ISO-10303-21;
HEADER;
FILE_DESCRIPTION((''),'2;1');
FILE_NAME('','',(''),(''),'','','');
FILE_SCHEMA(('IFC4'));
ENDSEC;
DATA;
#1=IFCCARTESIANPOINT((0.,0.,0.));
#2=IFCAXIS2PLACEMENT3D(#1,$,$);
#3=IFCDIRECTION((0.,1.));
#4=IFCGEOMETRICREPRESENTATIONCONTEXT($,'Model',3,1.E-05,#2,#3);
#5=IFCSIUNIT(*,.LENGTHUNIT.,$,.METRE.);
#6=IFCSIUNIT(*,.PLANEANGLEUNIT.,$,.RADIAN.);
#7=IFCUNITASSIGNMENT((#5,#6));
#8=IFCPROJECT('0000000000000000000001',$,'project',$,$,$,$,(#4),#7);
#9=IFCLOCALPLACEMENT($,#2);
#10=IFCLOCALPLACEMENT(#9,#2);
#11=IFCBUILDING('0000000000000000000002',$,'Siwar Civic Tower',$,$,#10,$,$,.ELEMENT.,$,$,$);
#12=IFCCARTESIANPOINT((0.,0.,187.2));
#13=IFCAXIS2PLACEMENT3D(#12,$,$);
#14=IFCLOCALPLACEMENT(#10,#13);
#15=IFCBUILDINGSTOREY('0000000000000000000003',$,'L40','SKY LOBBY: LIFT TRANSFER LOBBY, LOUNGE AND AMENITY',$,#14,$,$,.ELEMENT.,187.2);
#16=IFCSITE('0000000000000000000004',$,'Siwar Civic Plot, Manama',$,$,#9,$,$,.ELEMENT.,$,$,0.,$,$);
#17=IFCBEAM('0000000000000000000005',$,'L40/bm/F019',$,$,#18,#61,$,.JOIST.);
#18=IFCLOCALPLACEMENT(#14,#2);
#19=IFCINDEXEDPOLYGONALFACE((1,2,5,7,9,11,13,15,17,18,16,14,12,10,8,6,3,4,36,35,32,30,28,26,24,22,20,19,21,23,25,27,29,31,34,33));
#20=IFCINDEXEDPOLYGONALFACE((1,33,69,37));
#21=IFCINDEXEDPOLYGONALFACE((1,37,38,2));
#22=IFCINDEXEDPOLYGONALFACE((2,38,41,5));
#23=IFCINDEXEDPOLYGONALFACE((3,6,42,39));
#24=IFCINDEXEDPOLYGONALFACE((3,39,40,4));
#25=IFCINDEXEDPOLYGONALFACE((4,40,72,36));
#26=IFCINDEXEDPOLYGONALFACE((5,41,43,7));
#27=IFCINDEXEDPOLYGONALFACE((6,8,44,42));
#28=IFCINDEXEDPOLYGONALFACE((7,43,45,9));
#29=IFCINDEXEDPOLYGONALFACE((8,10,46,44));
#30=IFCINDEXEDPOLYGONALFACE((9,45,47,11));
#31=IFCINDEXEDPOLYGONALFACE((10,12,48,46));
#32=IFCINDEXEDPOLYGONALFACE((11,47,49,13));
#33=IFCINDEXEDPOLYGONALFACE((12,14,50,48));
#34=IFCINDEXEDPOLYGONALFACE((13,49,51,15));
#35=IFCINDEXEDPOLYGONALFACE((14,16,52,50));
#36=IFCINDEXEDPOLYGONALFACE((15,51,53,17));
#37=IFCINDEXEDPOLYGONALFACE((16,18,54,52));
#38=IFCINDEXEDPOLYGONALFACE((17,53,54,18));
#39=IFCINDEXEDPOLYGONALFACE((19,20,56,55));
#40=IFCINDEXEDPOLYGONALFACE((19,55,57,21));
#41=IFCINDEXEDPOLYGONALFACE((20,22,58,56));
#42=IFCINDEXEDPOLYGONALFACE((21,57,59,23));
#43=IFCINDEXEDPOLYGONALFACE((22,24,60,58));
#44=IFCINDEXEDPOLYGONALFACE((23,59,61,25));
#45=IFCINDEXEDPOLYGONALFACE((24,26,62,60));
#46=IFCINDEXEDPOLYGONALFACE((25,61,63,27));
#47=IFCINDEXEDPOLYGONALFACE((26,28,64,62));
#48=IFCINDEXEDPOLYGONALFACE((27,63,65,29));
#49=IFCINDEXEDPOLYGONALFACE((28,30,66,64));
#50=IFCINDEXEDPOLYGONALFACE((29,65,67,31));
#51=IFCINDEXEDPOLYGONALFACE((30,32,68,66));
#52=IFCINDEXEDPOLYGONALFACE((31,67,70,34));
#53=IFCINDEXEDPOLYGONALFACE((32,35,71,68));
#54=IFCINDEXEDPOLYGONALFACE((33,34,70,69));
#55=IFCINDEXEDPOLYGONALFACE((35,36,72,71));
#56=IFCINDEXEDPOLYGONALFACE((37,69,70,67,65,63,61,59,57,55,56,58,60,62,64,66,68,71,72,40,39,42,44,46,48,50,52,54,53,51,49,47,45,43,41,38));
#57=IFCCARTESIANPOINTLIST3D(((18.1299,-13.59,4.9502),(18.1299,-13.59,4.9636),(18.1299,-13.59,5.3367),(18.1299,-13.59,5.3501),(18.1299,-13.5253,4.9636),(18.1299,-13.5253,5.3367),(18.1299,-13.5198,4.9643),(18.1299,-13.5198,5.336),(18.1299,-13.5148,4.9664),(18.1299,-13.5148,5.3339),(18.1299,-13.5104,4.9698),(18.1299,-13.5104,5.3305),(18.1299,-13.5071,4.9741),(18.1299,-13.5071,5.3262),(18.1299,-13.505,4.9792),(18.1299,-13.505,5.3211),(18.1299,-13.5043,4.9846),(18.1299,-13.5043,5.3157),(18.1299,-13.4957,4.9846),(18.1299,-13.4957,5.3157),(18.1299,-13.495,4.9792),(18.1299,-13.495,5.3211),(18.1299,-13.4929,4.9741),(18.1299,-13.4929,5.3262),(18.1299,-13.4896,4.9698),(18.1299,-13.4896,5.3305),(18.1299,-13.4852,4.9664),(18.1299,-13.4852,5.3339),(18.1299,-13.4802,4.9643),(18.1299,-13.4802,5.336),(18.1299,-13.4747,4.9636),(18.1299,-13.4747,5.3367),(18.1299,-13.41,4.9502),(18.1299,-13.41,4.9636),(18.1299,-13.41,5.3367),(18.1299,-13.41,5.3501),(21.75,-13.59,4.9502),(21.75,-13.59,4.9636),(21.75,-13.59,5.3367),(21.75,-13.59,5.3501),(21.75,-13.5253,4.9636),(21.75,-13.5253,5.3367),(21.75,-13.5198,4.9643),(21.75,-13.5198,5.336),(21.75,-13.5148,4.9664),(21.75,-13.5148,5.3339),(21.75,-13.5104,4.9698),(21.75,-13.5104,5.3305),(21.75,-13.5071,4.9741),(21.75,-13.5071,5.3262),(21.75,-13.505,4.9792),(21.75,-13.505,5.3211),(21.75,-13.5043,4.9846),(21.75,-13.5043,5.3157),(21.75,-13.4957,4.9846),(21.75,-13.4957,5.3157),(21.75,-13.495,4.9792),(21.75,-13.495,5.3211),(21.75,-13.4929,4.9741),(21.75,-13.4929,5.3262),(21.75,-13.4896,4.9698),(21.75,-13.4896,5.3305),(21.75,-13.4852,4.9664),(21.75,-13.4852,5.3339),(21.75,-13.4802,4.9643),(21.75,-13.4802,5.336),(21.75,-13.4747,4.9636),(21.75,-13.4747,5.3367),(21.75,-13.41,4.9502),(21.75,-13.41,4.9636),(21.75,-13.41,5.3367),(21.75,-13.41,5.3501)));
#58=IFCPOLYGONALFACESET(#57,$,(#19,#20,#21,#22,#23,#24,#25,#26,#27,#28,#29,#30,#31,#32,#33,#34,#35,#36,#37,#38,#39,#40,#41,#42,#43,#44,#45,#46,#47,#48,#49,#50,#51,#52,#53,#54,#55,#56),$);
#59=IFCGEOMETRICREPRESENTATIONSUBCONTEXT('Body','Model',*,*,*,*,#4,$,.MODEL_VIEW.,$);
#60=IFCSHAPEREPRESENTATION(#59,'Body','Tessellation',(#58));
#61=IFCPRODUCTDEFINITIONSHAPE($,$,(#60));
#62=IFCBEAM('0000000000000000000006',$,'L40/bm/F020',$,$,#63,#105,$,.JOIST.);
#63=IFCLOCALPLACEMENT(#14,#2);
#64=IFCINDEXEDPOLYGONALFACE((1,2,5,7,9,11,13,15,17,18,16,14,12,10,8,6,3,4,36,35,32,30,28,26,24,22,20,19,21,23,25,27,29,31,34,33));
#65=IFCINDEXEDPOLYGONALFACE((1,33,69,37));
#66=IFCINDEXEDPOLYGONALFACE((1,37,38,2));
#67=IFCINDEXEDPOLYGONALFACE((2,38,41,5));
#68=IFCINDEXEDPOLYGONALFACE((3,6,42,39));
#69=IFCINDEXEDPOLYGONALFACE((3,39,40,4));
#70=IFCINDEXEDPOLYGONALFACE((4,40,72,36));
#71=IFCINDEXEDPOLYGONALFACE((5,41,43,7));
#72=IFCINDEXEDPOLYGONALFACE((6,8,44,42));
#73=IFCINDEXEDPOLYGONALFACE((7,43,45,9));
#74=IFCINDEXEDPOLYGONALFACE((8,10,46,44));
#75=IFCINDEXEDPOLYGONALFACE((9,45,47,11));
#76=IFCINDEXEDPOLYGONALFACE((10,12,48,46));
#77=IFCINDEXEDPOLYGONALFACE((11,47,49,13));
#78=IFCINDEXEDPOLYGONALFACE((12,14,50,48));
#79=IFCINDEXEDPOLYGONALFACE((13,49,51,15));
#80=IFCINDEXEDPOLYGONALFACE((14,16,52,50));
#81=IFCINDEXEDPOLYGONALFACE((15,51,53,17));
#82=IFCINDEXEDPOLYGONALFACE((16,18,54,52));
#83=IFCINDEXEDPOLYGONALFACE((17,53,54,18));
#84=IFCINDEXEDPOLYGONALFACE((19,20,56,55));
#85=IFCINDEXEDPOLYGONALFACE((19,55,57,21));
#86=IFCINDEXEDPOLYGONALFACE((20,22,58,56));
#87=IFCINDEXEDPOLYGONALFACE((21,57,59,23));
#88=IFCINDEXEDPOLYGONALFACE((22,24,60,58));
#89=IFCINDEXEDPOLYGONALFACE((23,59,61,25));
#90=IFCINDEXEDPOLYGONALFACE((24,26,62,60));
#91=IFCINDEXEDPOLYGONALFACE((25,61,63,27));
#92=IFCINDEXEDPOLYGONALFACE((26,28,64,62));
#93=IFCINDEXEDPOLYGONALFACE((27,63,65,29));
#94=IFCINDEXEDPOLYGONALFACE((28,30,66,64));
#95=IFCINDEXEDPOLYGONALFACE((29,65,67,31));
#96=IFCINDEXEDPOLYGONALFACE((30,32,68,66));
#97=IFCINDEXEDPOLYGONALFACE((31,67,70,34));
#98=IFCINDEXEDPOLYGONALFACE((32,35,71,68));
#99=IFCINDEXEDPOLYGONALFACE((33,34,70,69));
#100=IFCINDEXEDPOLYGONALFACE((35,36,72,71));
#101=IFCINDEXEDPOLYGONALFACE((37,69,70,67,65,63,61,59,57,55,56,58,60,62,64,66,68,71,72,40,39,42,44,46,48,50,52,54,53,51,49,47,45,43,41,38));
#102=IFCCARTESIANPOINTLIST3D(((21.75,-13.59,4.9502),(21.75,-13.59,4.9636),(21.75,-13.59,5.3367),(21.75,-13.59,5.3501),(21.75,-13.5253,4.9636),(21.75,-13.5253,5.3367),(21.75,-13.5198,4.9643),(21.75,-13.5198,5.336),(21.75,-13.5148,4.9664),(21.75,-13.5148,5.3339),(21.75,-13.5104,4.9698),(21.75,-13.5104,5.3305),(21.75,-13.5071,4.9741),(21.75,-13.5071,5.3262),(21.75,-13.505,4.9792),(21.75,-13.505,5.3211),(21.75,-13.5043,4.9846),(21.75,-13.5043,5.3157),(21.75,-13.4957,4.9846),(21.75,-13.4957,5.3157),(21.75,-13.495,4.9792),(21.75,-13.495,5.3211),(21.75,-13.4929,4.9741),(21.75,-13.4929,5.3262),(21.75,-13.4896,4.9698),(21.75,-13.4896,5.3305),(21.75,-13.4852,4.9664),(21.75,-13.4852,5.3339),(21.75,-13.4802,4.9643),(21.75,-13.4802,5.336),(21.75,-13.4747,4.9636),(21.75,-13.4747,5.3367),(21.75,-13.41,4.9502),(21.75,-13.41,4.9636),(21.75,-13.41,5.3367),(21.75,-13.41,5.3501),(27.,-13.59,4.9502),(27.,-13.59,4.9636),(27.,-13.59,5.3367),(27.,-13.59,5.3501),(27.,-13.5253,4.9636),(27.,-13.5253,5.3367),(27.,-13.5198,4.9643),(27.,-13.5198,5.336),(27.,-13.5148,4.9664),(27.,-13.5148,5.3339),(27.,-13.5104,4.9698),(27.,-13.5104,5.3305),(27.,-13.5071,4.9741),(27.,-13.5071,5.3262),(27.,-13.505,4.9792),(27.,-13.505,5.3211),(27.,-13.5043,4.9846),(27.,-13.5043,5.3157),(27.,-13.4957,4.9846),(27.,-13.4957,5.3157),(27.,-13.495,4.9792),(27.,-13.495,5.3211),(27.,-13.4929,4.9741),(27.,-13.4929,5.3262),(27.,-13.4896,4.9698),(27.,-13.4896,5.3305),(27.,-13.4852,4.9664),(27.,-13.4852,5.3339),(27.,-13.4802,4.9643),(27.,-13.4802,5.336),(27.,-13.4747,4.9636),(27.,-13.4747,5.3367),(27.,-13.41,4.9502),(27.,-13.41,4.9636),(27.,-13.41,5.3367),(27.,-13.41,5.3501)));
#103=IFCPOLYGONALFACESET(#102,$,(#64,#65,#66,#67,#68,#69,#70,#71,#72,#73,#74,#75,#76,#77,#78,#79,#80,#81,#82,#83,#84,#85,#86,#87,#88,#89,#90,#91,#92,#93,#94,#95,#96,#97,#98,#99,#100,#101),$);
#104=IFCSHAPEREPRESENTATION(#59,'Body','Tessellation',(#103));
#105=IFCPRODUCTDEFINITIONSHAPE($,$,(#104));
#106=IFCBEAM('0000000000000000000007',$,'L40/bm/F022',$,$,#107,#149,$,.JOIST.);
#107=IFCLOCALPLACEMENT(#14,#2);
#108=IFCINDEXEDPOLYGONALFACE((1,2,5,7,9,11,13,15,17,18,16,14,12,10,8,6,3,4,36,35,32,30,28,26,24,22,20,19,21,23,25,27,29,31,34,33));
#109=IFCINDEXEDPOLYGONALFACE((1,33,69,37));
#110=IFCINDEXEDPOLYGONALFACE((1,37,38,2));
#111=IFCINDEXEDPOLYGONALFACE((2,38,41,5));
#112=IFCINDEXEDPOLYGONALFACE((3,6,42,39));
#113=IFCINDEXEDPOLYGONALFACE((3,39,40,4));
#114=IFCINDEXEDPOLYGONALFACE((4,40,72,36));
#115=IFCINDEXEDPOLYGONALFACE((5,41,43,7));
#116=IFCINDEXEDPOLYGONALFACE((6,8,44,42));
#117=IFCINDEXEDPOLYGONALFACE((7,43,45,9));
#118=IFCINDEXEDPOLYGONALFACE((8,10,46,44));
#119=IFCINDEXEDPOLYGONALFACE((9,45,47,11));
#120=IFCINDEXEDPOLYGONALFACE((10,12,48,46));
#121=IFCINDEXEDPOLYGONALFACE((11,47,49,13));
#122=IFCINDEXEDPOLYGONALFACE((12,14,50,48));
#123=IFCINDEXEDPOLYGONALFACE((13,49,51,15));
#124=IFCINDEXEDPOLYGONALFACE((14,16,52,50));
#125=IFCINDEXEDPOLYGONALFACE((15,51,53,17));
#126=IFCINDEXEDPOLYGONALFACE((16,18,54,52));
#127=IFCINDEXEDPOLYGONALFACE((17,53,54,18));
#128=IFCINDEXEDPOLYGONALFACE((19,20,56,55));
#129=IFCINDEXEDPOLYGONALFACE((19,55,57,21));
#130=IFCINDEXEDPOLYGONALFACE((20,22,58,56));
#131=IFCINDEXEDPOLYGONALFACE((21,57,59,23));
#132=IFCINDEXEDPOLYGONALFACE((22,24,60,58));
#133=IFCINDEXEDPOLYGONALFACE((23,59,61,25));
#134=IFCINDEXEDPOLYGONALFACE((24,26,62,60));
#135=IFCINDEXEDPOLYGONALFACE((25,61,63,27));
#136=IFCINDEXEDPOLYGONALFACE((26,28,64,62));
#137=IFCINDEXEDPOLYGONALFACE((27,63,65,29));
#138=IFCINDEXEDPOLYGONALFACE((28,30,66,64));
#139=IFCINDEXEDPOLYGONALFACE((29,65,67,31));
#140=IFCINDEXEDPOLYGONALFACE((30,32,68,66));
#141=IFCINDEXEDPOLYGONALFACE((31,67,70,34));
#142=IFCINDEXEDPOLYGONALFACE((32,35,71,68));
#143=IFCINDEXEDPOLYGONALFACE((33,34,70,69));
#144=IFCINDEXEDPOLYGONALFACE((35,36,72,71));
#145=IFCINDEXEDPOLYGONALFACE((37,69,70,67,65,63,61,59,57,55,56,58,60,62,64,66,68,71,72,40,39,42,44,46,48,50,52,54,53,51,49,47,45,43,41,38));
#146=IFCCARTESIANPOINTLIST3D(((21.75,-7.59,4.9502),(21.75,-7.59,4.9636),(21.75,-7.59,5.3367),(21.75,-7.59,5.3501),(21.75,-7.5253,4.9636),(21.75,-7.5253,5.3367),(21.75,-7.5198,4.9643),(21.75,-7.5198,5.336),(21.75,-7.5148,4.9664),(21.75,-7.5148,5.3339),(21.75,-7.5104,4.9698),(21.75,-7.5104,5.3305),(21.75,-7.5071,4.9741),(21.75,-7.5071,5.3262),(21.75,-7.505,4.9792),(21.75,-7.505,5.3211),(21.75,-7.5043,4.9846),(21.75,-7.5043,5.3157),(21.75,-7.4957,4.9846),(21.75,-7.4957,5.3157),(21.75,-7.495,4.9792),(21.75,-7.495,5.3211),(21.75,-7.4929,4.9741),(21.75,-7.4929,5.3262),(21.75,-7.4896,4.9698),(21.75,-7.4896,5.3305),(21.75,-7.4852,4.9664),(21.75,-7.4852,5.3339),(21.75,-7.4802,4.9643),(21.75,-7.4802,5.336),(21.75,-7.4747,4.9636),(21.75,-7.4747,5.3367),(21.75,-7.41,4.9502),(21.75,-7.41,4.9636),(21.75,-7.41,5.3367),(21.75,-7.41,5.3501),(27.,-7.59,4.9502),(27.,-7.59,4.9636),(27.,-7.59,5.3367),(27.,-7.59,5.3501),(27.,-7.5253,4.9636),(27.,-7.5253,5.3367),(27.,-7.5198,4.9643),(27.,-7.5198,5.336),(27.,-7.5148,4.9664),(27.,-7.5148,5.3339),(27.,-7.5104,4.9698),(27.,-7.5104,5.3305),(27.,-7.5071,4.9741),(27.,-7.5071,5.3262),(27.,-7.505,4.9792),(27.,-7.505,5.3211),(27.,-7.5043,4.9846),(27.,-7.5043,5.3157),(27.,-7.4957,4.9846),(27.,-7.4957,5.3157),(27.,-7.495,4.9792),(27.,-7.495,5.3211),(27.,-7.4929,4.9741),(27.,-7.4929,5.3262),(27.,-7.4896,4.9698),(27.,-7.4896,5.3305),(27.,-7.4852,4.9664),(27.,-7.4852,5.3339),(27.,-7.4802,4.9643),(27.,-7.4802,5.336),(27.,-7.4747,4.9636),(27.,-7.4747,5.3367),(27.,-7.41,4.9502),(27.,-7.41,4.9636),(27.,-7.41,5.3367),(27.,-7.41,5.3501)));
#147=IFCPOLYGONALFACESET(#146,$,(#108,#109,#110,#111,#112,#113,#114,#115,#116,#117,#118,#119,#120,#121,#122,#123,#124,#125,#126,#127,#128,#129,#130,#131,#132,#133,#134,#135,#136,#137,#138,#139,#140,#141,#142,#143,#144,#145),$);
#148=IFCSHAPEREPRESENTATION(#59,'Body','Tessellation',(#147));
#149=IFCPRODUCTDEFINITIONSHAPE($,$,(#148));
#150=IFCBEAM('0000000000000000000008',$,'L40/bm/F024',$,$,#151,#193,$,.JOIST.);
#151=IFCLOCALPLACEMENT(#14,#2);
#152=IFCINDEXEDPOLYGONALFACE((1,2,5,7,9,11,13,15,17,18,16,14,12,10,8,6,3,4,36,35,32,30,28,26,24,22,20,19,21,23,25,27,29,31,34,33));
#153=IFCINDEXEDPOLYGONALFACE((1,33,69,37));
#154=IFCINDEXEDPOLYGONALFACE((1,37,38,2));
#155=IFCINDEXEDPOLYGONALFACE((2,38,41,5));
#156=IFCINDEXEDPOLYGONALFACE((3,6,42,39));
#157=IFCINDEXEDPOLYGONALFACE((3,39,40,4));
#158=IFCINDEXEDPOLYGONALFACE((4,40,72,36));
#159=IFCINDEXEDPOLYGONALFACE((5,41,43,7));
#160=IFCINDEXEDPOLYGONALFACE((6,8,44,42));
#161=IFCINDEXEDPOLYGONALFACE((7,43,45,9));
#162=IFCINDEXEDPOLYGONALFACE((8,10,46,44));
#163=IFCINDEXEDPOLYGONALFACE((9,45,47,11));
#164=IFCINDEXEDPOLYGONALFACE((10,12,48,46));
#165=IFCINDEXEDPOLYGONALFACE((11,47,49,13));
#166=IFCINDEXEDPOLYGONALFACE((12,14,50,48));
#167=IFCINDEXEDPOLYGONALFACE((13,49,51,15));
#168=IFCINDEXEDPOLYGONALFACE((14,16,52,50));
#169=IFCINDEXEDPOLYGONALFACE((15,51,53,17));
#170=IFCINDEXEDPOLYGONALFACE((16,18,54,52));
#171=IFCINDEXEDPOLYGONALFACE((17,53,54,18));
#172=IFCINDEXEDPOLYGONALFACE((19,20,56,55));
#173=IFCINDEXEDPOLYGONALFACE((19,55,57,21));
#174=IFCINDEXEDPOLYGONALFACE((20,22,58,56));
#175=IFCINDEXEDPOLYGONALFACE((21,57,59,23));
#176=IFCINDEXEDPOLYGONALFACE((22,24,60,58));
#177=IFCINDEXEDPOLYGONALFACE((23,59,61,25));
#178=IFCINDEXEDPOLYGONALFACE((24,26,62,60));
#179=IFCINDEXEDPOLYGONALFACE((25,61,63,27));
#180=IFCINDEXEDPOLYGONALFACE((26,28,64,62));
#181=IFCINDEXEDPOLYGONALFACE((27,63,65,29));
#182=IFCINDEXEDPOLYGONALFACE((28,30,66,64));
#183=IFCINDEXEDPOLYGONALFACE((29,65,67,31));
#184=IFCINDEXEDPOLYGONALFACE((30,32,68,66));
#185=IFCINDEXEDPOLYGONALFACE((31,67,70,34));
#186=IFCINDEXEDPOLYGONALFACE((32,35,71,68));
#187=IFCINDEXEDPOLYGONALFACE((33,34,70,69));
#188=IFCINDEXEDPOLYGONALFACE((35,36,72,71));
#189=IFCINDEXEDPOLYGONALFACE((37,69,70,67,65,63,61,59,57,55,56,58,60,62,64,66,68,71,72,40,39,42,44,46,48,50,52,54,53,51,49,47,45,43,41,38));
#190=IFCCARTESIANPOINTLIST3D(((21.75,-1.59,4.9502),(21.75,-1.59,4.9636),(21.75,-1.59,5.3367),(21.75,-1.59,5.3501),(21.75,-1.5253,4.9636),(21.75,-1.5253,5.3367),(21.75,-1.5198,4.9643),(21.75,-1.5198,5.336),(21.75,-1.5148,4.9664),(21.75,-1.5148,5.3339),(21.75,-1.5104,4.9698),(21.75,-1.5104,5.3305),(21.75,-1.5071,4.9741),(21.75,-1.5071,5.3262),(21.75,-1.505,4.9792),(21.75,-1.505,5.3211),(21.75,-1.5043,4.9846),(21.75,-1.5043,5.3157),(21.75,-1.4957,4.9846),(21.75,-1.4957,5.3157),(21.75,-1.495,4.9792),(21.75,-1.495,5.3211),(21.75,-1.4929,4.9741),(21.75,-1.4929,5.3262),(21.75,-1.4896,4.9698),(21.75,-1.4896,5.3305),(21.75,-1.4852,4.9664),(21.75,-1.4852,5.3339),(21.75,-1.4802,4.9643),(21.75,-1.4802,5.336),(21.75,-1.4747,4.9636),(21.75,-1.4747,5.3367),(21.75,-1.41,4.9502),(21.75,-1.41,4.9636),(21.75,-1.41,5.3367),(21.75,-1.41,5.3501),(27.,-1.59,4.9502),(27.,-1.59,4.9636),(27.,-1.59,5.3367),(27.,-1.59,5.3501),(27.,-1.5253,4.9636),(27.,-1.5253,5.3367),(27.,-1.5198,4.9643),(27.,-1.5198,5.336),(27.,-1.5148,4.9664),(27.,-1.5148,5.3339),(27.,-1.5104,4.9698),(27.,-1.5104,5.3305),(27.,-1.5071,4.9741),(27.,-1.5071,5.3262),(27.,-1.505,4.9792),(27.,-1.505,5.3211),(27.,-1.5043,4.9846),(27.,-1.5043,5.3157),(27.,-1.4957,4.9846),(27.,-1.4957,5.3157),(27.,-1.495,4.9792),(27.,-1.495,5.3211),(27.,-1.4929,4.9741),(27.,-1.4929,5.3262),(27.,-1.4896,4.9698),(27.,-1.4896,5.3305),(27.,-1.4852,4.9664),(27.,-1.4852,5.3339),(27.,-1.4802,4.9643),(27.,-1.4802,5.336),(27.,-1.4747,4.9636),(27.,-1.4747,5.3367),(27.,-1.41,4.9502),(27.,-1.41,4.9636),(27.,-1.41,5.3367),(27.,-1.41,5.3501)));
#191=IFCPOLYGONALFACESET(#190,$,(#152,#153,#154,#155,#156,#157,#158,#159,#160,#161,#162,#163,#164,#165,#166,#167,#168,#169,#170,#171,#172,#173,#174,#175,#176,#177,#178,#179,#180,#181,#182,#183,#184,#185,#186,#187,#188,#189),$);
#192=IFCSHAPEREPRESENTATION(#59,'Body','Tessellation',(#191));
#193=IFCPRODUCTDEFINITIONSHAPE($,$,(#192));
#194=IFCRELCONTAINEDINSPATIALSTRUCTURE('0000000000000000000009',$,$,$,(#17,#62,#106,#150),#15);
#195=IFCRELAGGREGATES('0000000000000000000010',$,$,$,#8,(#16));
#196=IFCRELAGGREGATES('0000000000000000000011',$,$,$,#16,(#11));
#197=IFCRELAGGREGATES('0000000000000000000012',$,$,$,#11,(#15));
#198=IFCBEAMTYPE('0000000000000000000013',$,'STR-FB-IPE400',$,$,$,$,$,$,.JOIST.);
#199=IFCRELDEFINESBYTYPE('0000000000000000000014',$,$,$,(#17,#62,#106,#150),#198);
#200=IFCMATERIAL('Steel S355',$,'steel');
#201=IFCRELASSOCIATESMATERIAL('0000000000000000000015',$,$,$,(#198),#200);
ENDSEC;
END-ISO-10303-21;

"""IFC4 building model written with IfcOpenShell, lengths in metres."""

from ifc_helpers import new_model, si_unit, direction, frame, origin, origin_2d, place, context, subcontext, project, spatial, i_section, extrude, material, material_profile, profile_set, type_object, element, save


model = new_model("IFC4")

# Units and contexts
model_context = context("Model", 3, precision=1e-05, world=origin(), true_north=direction((0.0, 1.0)))
body_context = subcontext(model_context, "Body", "Model", "MODEL_VIEW")
ifc_project = project(units=[si_unit("LENGTHUNIT", "METRE"), si_unit("PLANEANGLEUNIT", "RADIAN")], contexts=[model_context])

# Site, building, storey
site_placement = place(None, origin())
site = spatial("IfcSite", under=ifc_project, at=site_placement, Name="Siwar Civic Plot, Manama", CompositionType="ELEMENT", RefElevation=0.0)
building_placement = place(site_placement, origin())
building = spatial("IfcBuilding", under=site, at=building_placement, Name="Siwar Civic Tower", CompositionType="ELEMENT")
storey_placement = place(building_placement, frame((0.0, 0.0, 187.2)))
storey = spatial("IfcBuildingStorey", under=building, at=storey_placement, Name="L40", Description="SKY LOBBY: LIFT TRANSFER LOBBY, LOUNGE AND AMENITY", CompositionType="ELEMENT", Elevation=187.2)

# Beams
ifc_material_1 = material(Name="Steel S355", Category="steel")
ifc_material_profile_1 = material_profile(ifc_material_1, i_section(OverallWidth=0.1799, OverallDepth=0.3999, WebThickness=0.0085, FlangeThickness=0.0134, FilletRadius=0.021, at=origin_2d()), Name="IPE400")
ifc_profile_set_1 = profile_set([ifc_material_profile_1], Name="Steel S355")
beam_type_1 = type_object("IfcBeamType", Name="STR-FB-IPE400", PredefinedType="JOIST", material=ifc_profile_set_1)
beam_placement = place(storey_placement, frame((18.1299, -13.5, 5.1501), z_axis=(1.0, 0.0, 0.0), x_axis=(0.0, 1.0, 0.0)))
element("IfcBeam", 1, at=beam_placement, inside=storey, type_object=beam_type_1, Name="L40/bm/F019", PredefinedType="JOIST", context=body_context, shape_type="SweptSolid", body=[
    extrude(i_section(OverallWidth=0.1799, OverallDepth=0.3999, WebThickness=0.0085, FlangeThickness=0.0134, FilletRadius=0.021, at=origin_2d()), origin(), (0.0, 0.0, 1.0), 3.6201),
])
for number, where, z_axis, x_axis, name in (
    (2, (21.75, -13.5, 5.1501), (1.0, 0.0, 0.0), (0.0, 1.0, 0.0), "L40/bm/F020"),
    (3, (21.75, -7.5, 5.1501), (1.0, 0.0, 0.0), (0.0, 1.0, 0.0), "L40/bm/F022"),
    (4, (21.75, -1.5, 5.1501), (1.0, 0.0, 0.0), (0.0, 1.0, 0.0), "L40/bm/F024"),
):
    element("IfcBeam", number, at=place(storey_placement, frame(where, z_axis=z_axis, x_axis=x_axis)), inside=storey, type_object=beam_type_1, Name=name, PredefinedType="JOIST", context=body_context, shape_type="SweptSolid", body=[
        extrude(i_section(OverallWidth=0.1799, OverallDepth=0.3999, WebThickness=0.0085, FlangeThickness=0.0134, FilletRadius=0.021, at=origin_2d()), origin(), (0.0, 0.0, 1.0), 5.25),
    ])

save(model, "model.ifc")
